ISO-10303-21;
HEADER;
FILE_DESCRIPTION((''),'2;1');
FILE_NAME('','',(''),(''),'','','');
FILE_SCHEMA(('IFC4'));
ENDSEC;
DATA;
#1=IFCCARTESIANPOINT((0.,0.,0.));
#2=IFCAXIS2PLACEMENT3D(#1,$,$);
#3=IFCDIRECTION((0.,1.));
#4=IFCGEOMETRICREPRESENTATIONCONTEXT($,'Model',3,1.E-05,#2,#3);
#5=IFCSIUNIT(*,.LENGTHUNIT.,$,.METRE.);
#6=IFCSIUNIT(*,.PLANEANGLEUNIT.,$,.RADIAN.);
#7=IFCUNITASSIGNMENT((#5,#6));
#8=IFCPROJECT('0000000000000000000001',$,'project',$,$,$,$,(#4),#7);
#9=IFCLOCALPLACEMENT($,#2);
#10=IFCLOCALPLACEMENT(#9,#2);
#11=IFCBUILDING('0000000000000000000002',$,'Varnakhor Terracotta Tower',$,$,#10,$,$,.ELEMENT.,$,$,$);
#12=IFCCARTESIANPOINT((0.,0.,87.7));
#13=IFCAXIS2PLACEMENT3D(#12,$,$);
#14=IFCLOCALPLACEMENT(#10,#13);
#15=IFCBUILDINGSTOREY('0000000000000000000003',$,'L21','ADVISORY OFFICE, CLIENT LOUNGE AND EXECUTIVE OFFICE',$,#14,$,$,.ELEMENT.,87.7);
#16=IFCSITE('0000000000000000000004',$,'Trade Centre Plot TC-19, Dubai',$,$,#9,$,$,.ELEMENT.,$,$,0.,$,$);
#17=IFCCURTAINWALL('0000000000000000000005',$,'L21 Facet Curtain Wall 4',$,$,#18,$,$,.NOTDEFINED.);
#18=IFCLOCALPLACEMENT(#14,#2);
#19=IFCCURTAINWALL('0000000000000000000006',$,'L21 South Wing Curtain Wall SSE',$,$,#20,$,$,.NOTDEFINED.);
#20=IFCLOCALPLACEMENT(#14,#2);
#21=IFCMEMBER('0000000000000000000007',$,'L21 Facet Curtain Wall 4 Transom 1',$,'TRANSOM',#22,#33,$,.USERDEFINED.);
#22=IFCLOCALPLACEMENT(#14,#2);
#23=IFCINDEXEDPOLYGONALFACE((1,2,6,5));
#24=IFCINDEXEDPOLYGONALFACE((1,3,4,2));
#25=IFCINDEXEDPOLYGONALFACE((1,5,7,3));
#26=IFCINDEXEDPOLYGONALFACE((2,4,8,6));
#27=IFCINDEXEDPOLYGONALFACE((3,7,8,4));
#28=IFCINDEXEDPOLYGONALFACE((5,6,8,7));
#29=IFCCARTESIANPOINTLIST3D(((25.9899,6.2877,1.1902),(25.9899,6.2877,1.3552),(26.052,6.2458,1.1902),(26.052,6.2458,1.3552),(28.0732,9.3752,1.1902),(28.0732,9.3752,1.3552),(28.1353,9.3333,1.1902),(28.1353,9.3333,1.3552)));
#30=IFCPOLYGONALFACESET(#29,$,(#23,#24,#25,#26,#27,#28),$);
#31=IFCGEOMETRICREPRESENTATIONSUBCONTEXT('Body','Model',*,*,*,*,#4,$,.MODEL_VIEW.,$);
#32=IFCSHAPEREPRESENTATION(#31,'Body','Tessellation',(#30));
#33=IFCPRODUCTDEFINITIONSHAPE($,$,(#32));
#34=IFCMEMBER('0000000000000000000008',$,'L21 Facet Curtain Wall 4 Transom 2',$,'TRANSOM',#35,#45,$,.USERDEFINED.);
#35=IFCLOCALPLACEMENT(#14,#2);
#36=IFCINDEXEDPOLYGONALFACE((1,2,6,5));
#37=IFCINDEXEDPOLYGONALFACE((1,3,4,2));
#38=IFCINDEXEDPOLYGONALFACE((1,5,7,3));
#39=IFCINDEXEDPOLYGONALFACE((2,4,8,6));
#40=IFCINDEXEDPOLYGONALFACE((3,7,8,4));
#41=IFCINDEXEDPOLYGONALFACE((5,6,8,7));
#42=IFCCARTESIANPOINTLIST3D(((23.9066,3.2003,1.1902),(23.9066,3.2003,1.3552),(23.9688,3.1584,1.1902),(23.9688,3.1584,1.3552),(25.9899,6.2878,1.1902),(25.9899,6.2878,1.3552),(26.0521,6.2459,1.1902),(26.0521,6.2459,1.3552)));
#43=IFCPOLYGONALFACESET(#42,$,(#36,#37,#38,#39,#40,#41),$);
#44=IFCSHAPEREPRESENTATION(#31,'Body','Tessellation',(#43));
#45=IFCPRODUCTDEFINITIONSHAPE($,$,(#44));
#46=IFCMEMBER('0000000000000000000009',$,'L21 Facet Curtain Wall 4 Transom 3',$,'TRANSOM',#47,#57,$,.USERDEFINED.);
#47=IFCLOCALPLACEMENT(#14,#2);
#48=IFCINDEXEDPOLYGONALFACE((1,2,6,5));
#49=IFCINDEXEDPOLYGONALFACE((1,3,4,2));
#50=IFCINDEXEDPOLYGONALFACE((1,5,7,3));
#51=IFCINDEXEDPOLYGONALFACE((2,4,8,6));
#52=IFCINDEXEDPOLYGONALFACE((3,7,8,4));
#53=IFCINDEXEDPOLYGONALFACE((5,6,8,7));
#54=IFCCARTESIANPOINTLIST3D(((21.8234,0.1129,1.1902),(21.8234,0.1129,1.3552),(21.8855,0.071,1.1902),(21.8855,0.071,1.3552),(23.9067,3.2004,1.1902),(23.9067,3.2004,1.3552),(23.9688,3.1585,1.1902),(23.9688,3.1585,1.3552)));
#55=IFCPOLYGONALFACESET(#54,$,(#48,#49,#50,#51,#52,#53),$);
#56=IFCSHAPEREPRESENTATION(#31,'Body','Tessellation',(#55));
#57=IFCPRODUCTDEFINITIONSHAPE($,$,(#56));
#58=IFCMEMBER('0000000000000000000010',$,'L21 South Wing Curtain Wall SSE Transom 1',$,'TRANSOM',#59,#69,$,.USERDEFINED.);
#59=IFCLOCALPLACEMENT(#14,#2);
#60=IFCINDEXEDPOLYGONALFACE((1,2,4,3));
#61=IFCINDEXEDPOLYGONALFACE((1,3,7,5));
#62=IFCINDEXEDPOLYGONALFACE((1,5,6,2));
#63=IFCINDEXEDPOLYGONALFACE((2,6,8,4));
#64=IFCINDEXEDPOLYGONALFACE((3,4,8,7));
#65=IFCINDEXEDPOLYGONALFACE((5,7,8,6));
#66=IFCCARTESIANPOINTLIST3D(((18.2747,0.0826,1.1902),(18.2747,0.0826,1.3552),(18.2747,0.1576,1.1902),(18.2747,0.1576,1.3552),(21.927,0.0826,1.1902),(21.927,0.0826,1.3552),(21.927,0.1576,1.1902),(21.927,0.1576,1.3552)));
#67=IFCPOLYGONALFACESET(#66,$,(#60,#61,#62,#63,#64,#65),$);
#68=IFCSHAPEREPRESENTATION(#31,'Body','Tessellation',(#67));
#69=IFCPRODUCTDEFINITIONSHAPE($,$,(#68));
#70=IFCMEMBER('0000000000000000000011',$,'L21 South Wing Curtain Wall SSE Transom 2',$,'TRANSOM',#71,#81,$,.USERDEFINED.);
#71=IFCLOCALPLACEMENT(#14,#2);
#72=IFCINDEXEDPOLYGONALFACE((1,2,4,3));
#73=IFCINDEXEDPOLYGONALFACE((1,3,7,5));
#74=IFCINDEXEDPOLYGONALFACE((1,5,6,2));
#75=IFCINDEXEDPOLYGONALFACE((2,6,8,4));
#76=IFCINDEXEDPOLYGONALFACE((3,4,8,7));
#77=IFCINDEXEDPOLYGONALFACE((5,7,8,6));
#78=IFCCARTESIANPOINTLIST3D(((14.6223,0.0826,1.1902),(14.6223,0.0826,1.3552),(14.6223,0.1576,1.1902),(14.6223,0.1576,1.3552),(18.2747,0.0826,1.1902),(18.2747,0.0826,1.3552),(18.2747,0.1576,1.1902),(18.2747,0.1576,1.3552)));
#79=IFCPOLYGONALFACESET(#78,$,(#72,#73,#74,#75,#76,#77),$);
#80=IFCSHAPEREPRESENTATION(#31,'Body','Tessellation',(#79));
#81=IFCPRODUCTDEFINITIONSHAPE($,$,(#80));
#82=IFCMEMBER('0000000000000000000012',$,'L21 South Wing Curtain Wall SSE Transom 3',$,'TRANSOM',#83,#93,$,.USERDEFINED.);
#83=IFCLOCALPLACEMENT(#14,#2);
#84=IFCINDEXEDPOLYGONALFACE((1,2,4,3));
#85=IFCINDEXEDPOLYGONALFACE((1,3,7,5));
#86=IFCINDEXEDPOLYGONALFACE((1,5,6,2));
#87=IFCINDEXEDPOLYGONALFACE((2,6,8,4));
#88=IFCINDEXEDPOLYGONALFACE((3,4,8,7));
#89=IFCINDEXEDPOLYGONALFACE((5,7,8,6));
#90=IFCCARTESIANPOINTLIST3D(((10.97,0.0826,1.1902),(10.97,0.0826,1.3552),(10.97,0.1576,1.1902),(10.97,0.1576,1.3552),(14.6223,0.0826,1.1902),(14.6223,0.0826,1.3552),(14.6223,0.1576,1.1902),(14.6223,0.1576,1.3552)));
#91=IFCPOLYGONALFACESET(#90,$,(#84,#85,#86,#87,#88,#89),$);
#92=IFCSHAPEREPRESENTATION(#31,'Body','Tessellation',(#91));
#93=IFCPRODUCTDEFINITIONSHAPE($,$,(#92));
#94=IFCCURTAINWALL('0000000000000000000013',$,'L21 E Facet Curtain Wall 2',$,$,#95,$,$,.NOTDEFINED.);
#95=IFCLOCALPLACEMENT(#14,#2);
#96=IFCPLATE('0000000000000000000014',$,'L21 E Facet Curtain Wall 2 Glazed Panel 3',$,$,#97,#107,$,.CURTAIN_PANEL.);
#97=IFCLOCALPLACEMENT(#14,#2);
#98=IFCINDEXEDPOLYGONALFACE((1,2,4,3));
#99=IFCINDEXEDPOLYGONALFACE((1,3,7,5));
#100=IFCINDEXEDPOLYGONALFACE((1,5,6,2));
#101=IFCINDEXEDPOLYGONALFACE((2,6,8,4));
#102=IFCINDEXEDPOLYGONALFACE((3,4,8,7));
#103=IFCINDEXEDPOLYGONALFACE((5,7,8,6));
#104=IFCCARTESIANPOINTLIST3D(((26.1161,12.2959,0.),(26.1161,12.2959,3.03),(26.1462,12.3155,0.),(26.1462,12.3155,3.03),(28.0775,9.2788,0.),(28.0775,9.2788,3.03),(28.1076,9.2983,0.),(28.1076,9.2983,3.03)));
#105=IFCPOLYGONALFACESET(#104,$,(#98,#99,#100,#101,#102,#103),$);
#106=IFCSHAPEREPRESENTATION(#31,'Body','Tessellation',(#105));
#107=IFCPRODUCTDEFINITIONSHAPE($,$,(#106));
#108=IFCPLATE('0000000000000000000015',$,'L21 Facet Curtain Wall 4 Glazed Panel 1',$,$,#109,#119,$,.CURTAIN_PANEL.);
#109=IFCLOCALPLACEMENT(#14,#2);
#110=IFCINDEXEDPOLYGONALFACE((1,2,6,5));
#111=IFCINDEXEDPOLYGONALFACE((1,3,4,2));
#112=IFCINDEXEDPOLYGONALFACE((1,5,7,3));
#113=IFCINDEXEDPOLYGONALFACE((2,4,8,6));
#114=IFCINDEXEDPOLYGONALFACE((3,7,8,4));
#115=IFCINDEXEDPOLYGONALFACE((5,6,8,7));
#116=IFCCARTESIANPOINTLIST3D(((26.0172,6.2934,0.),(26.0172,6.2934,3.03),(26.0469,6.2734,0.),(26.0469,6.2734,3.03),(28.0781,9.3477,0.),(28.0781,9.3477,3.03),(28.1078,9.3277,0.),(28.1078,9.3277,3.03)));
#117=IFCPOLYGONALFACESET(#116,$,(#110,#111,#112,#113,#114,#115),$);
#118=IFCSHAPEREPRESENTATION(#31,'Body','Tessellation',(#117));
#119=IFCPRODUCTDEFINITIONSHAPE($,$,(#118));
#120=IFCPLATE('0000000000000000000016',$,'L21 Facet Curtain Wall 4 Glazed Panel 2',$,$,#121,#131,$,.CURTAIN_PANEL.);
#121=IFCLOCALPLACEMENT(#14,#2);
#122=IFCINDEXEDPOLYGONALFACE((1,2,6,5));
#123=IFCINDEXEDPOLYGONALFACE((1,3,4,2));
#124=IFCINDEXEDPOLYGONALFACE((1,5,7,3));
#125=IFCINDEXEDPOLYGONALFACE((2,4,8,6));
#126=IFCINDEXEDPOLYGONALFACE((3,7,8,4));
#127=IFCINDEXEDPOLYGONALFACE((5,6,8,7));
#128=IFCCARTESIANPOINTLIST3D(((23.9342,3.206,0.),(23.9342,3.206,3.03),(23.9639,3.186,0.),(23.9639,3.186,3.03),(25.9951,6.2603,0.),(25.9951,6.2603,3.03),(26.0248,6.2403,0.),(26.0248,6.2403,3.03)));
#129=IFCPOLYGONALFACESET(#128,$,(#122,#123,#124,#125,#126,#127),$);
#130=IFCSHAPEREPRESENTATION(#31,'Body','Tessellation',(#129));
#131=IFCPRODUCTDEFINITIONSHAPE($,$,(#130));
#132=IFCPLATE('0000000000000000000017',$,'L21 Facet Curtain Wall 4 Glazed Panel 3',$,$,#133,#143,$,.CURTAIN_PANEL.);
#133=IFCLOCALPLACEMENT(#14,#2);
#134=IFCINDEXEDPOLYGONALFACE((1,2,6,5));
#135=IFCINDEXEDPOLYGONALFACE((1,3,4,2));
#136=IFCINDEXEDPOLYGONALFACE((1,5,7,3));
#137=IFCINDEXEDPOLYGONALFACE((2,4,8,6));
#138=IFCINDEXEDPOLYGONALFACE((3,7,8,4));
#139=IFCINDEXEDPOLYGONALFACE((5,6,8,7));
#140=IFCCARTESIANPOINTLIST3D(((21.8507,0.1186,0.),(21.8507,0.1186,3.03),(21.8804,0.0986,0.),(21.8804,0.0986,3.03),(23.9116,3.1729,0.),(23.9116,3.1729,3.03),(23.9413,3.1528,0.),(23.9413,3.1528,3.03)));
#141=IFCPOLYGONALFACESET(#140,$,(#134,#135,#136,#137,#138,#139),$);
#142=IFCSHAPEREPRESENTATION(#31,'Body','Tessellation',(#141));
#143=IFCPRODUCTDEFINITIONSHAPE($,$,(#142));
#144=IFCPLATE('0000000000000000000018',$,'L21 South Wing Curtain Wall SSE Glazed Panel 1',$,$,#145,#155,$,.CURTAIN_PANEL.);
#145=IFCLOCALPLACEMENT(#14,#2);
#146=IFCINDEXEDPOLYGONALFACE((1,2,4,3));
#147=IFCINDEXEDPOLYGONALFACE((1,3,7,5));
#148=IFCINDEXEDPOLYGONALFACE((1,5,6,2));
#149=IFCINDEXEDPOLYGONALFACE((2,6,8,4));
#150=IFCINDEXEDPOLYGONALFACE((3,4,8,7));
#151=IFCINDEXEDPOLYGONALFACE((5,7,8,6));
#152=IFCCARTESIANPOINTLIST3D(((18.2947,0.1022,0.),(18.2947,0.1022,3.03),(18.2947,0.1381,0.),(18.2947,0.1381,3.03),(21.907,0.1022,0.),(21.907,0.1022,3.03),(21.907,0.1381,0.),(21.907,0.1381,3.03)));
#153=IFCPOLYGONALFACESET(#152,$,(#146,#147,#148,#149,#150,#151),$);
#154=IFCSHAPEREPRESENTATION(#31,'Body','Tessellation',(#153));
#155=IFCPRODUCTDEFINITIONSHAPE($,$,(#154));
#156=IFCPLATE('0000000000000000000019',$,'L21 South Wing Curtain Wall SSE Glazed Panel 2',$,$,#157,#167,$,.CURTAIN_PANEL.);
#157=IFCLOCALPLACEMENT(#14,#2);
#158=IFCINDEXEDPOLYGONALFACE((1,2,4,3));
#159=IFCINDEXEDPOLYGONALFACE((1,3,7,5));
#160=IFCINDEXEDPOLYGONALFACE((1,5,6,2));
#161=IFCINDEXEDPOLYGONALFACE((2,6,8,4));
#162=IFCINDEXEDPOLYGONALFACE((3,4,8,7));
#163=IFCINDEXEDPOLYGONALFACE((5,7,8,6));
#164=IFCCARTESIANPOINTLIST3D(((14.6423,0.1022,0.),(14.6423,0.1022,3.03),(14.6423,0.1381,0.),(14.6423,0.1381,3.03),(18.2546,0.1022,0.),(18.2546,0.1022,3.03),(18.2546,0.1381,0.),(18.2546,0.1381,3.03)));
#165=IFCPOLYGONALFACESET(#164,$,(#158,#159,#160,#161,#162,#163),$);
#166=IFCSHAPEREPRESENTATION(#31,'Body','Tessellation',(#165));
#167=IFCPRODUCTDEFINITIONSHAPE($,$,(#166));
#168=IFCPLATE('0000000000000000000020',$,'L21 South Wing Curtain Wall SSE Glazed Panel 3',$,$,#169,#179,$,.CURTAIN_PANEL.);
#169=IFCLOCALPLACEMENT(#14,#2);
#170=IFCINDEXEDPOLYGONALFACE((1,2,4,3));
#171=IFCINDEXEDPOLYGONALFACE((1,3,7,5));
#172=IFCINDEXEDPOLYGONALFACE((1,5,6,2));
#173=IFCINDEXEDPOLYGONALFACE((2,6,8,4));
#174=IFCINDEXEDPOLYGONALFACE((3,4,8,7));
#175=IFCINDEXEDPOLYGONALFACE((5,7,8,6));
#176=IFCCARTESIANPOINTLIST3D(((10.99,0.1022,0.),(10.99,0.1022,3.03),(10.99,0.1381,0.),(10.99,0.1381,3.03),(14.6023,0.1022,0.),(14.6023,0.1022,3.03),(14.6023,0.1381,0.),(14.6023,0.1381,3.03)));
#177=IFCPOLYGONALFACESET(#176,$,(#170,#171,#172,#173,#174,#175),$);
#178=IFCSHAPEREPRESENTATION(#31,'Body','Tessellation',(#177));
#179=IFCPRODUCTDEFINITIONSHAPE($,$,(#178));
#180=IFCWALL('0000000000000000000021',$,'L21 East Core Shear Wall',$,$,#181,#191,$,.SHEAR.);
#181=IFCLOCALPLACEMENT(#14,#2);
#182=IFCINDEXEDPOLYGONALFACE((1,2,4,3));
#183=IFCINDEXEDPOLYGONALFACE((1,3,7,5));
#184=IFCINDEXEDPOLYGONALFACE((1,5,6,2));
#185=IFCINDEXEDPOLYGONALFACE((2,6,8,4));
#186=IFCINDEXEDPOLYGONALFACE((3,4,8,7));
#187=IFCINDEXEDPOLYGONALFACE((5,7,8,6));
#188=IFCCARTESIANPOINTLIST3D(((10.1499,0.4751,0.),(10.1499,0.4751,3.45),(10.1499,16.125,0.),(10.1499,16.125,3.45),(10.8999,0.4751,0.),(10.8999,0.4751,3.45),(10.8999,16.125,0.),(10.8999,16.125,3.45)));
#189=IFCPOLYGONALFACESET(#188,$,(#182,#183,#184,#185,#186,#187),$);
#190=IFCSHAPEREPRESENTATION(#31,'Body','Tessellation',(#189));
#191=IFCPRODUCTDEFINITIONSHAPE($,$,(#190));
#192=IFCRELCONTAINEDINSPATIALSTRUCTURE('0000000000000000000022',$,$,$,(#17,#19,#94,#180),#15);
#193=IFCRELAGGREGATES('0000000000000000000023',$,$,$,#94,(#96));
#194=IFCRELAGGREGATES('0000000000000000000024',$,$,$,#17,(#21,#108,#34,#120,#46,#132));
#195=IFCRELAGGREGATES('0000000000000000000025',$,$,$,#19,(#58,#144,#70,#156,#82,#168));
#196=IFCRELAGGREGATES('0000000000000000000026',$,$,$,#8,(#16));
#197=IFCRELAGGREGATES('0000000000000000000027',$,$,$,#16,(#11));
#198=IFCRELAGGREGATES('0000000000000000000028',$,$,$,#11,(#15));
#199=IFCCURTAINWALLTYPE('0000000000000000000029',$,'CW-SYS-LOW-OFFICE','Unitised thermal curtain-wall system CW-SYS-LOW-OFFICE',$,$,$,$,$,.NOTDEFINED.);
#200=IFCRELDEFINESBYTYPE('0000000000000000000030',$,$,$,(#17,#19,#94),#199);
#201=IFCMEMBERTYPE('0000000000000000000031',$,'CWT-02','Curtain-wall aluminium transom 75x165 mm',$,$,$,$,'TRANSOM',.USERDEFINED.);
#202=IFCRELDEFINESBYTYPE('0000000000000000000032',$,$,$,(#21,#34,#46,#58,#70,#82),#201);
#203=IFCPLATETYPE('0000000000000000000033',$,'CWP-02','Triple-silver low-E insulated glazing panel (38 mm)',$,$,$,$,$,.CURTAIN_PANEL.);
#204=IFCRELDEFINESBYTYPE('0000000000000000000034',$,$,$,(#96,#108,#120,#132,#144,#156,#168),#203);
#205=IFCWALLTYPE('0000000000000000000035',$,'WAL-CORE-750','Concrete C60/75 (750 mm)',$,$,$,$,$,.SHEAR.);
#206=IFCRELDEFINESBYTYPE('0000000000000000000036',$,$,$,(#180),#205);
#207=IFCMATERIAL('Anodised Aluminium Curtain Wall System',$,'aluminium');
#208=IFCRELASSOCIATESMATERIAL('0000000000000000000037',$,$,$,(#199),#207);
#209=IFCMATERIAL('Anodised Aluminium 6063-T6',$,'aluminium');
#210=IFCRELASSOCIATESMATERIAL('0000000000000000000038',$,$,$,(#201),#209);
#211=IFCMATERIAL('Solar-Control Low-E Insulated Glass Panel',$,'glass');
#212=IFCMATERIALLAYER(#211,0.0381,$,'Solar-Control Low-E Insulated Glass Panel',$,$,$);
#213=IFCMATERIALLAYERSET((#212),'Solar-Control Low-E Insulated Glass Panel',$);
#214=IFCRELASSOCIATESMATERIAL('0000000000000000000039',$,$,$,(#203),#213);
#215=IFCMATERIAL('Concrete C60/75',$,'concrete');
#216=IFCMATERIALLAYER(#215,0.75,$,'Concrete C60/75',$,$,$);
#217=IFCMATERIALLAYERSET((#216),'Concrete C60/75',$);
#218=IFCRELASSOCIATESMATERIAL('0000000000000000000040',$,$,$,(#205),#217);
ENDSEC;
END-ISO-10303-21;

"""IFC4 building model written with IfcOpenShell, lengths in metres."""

from ifc_helpers import new_model, si_unit, direction, frame, frame_2d, origin, origin_2d, place, context, subcontext, project, spatial, rectangle, extrude, source, transform, mapped, material, layer, layer_set, material_profile, profile_set, type_object, element, aggregate, save


model = new_model("IFC4")

# Units and contexts
model_context = context("Model", 3, precision=1e-05, world=origin(), true_north=direction((0.0, 1.0)))
body_context = subcontext(model_context, "Body", "Model", "MODEL_VIEW")
ifc_project = project(units=[si_unit("LENGTHUNIT", "METRE"), si_unit("PLANEANGLEUNIT", "RADIAN")], contexts=[model_context])

# Site, building, storey
site_placement = place(None, origin())
site = spatial("IfcSite", under=ifc_project, at=site_placement, Name="Trade Centre Plot TC-19, Dubai", CompositionType="ELEMENT", RefElevation=0.0)
building_placement = place(site_placement, origin())
building = spatial("IfcBuilding", under=site, at=building_placement, Name="Varnakhor Terracotta Tower", CompositionType="ELEMENT")
storey_placement = place(building_placement, frame((0.0, 0.0, 87.7)))
storey = spatial("IfcBuildingStorey", under=building, at=storey_placement, Name="L21", Description="ADVISORY OFFICE, CLIENT LOUNGE AND EXECUTIVE OFFICE", CompositionType="ELEMENT", Elevation=87.7)

# Curtain walls
ifc_material_1 = material(Name="Anodised Aluminium Curtain Wall System", Category="aluminium")
curtain_wall_type = type_object("IfcCurtainWallType", Name="CW-SYS-LOW-OFFICE", Description="Unitised thermal curtain-wall system CW-SYS-LOW-OFFICE", PredefinedType="NOTDEFINED", material=ifc_material_1)
curtain_wall_1_placement = place(storey_placement, origin())
curtain_wall_1 = element("IfcCurtainWall", 1, at=curtain_wall_1_placement, inside=storey, type_object=curtain_wall_type, Name="L21 Facet Curtain Wall 4", PredefinedType="NOTDEFINED")
ifc_material_2 = material(Name="Anodised Aluminium 6063-T6", Category="aluminium")
curtain_wall_2_placement = place(storey_placement, origin())
curtain_wall_2 = element("IfcCurtainWall", 2, at=curtain_wall_2_placement, inside=storey, type_object=curtain_wall_type, Name="L21 South Wing Curtain Wall SSE", PredefinedType="NOTDEFINED")

# Members
ifc_material_profile_1 = material_profile(ifc_material_2, rectangle(XDim=0.075, YDim=0.165, at=origin_2d()), Name="ALU TRANSOM 75x165")
ifc_profile_set_1 = profile_set([ifc_material_profile_1], Name="Anodised Aluminium 6063-T6")
member_type_1 = type_object("IfcMemberType", Name="CWT-02", Description="Curtain-wall aluminium transom 75x165 mm", ElementType="TRANSOM", PredefinedType="USERDEFINED", material=ifc_profile_set_1)
shared_shape_1 = source(origin(), body_context, "Body", "SweptSolid", [
    extrude(rectangle(XDim=0.075, YDim=0.165, at=origin_2d()), origin(), (0.0, 0.0, 1.0), 3.7246),
])
member_1_placement = place(storey_placement, frame((28.1042, 9.3542, 1.2727), z_axis=(-0.559335, -0.828941, 0.0), x_axis=(0.828941, -0.559335, 0.0)))
member_1 = element("IfcMember", 3, at=member_1_placement, type_object=member_type_1, Name="L21 Facet Curtain Wall 4 Transom 1", ObjectType="TRANSOM", PredefinedType="USERDEFINED", context=body_context, shape_type="MappedRepresentation", body=[
    mapped(shared_shape_1, transform((0.0, 0.0, 0.0), scale=1.0)),
])
member_2_placement = place(storey_placement, frame((26.021, 6.2668, 1.2727), z_axis=(-0.559335, -0.828941, 0.0), x_axis=(0.828941, -0.559335, 0.0)))
member_2 = element("IfcMember", 4, at=member_2_placement, type_object=member_type_1, Name="L21 Facet Curtain Wall 4 Transom 2", ObjectType="TRANSOM", PredefinedType="USERDEFINED", context=body_context, shape_type="MappedRepresentation", body=[
    mapped(shared_shape_1, transform((0.0, 0.0, 0.0), scale=1.0)),
])
member_3_placement = place(storey_placement, frame((23.9377, 3.1794, 1.2727), z_axis=(-0.559335, -0.828941, 0.0), x_axis=(0.828941, -0.559335, 0.0)))
member_3 = element("IfcMember", 5, at=member_3_placement, type_object=member_type_1, Name="L21 Facet Curtain Wall 4 Transom 3", ObjectType="TRANSOM", PredefinedType="USERDEFINED", context=body_context, shape_type="MappedRepresentation", body=[
    mapped(shared_shape_1, transform((0.0, 0.0, 0.0), scale=1.0)),
])
shared_shape_2 = source(origin(), body_context, "Body", "SweptSolid", [
    extrude(rectangle(XDim=0.075, YDim=0.165, at=origin_2d()), origin(), (0.0, 0.0, 1.0), 3.6523),
])
member_4_placement = place(storey_placement, frame((21.927, 0.1201, 1.2727), z_axis=(-1.0, 0.0, 0.0), x_axis=(0.0, -1.0, 0.0)))
member_4 = element("IfcMember", 6, at=member_4_placement, type_object=member_type_1, Name="L21 South Wing Curtain Wall SSE Transom 1", ObjectType="TRANSOM", PredefinedType="USERDEFINED", context=body_context, shape_type="MappedRepresentation", body=[
    mapped(shared_shape_2, transform((0.0, 0.0, 0.0), scale=1.0)),
])
member_5_placement = place(storey_placement, frame((18.2747, 0.1201, 1.2727), z_axis=(-1.0, 0.0, 0.0), x_axis=(0.0, -1.0, 0.0)))
member_5 = element("IfcMember", 7, at=member_5_placement, type_object=member_type_1, Name="L21 South Wing Curtain Wall SSE Transom 2", ObjectType="TRANSOM", PredefinedType="USERDEFINED", context=body_context, shape_type="MappedRepresentation", body=[
    mapped(shared_shape_2, transform((0.0, 0.0, 0.0), scale=1.0)),
])
member_6_placement = place(storey_placement, frame((14.6223, 0.1201, 1.2727), z_axis=(-1.0, 0.0, 0.0), x_axis=(0.0, -1.0, 0.0)))
member_6 = element("IfcMember", 8, at=member_6_placement, type_object=member_type_1, Name="L21 South Wing Curtain Wall SSE Transom 3", ObjectType="TRANSOM", PredefinedType="USERDEFINED", context=body_context, shape_type="MappedRepresentation", body=[
    mapped(shared_shape_2, transform((0.0, 0.0, 0.0), scale=1.0)),
])

# Curtain wall, plate
curtain_wall_3_placement = place(storey_placement, origin())
curtain_wall_3 = element("IfcCurtainWall", 9, at=curtain_wall_3_placement, inside=storey, type_object=curtain_wall_type, Name="L21 E Facet Curtain Wall 2", PredefinedType="NOTDEFINED")
ifc_material_3 = material(Name="Solar-Control Low-E Insulated Glass Panel", Category="glass")
ifc_layer_1 = layer(ifc_material_3, 0.0381, Name="Solar-Control Low-E Insulated Glass Panel")
ifc_layer_set_1 = layer_set([ifc_layer_1], Name="Solar-Control Low-E Insulated Glass Panel")
plate_type = type_object("IfcPlateType", Name="CWP-02", Description="Triple-silver low-E insulated glazing panel (38 mm)", PredefinedType="CURTAIN_PANEL", material=ifc_layer_set_1)
shared_shape_3 = source(origin(), body_context, "Body", "SweptSolid", [
    extrude(rectangle(XDim=3.5986, YDim=0.0359, at=origin_2d()), origin(), (0.0, 0.0, 1.0), 3.03),
])
plate_1_placement = place(storey_placement, frame((27.1118, 10.7971, 0.0), z_axis=(0.0, 0.0, 1.0), x_axis=(0.545034, -0.838414, 0.0)))
plate_1 = element("IfcPlate", 10, at=plate_1_placement, type_object=plate_type, Name="L21 E Facet Curtain Wall 2 Glazed Panel 3", PredefinedType="CURTAIN_PANEL", context=body_context, shape_type="MappedRepresentation", body=[
    mapped(shared_shape_3, transform((0.0, 0.0, 0.0), scale=1.0)),
])
aggregate(curtain_wall_3, [plate_1])

# Plates
shared_shape_4 = source(origin(), body_context, "Body", "SweptSolid", [
    extrude(rectangle(XDim=3.6846, YDim=0.0359, at=origin_2d()), origin(), (0.0, 0.0, 1.0), 3.03),
])
plate_2_placement = place(storey_placement, frame((27.0625, 7.8105, 0.0), z_axis=(0.0, 0.0, 1.0), x_axis=(-0.559338, -0.82894, 0.0)))
plate_2 = element("IfcPlate", 11, at=plate_2_placement, type_object=plate_type, Name="L21 Facet Curtain Wall 4 Glazed Panel 1", PredefinedType="CURTAIN_PANEL", context=body_context, shape_type="MappedRepresentation", body=[
    mapped(shared_shape_4, transform((0.0, 0.0, 0.0), scale=1.0)),
])
plate_3_placement = place(storey_placement, frame((24.9795, 4.7231, 0.0), z_axis=(0.0, 0.0, 1.0), x_axis=(-0.559338, -0.82894, 0.0)))
plate_3 = element("IfcPlate", 12, at=plate_3_placement, type_object=plate_type, Name="L21 Facet Curtain Wall 4 Glazed Panel 2", PredefinedType="CURTAIN_PANEL", context=body_context, shape_type="MappedRepresentation", body=[
    mapped(shared_shape_4, transform((0.0, 0.0, 0.0), scale=1.0)),
])
plate_4_placement = place(storey_placement, frame((22.896, 1.6357, 0.0), z_axis=(0.0, 0.0, 1.0), x_axis=(-0.559338, -0.82894, 0.0)))
plate_4 = element("IfcPlate", 13, at=plate_4_placement, type_object=plate_type, Name="L21 Facet Curtain Wall 4 Glazed Panel 3", PredefinedType="CURTAIN_PANEL", context=body_context, shape_type="MappedRepresentation", body=[
    mapped(shared_shape_4, transform((0.0, 0.0, 0.0), scale=1.0)),
])
aggregate(curtain_wall_1, [member_1, plate_2, member_2, plate_3, member_3, plate_4])
shared_shape_5 = source(origin(), body_context, "Body", "SweptSolid", [
    extrude(rectangle(XDim=3.6123, YDim=0.0359, at=origin_2d()), origin(), (0.0, 0.0, 1.0), 3.03),
])
plate_5_placement = place(storey_placement, frame((20.1008, 0.1201, 0.0), z_axis=(0.0, 0.0, 1.0), x_axis=(-1.0, 0.0, 0.0)))
plate_5 = element("IfcPlate", 14, at=plate_5_placement, type_object=plate_type, Name="L21 South Wing Curtain Wall SSE Glazed Panel 1", PredefinedType="CURTAIN_PANEL", context=body_context, shape_type="MappedRepresentation", body=[
    mapped(shared_shape_5, transform((0.0, 0.0, 0.0), scale=1.0)),
])
plate_6_placement = place(storey_placement, frame((16.4485, 0.1201, 0.0), z_axis=(0.0, 0.0, 1.0), x_axis=(-1.0, 0.0, 0.0)))
plate_6 = element("IfcPlate", 15, at=plate_6_placement, type_object=plate_type, Name="L21 South Wing Curtain Wall SSE Glazed Panel 2", PredefinedType="CURTAIN_PANEL", context=body_context, shape_type="MappedRepresentation", body=[
    mapped(shared_shape_5, transform((0.0, 0.0, 0.0), scale=1.0)),
])
plate_7_placement = place(storey_placement, frame((12.7961, 0.1201, 0.0), z_axis=(0.0, 0.0, 1.0), x_axis=(-1.0, 0.0, 0.0)))
plate_7 = element("IfcPlate", 16, at=plate_7_placement, type_object=plate_type, Name="L21 South Wing Curtain Wall SSE Glazed Panel 3", PredefinedType="CURTAIN_PANEL", context=body_context, shape_type="MappedRepresentation", body=[
    mapped(shared_shape_5, transform((0.0, 0.0, 0.0), scale=1.0)),
])
aggregate(curtain_wall_2, [member_4, plate_5, member_5, plate_6, member_6, plate_7])

# Wall
ifc_material_4 = material(Name="Concrete C60/75", Category="concrete")
ifc_layer_2 = layer(ifc_material_4, 0.75, Name="Concrete C60/75")
ifc_layer_set_2 = layer_set([ifc_layer_2], Name="Concrete C60/75")
wall_type_1 = type_object("IfcWallType", Name="WAL-CORE-750", Description="Concrete C60/75 (750 mm)", PredefinedType="SHEAR", material=ifc_layer_set_2)
wall_1_placement = place(storey_placement, frame((10.5249, 0.4751, 0.0), z_axis=(0.0, 0.0, 1.0), x_axis=(0.0, 1.0, 0.0)))
element("IfcWall", 17, at=wall_1_placement, inside=storey, type_object=wall_type_1, Name="L21 East Core Shear Wall", PredefinedType="SHEAR", context=body_context, shape_type="SweptSolid", body=[
    extrude(rectangle(XDim=15.6499, YDim=0.75, at=frame_2d((7.825, 0.0))), origin(), (0.0, 0.0, 1.0), 3.45),
])

save(model, "model.ifc")
